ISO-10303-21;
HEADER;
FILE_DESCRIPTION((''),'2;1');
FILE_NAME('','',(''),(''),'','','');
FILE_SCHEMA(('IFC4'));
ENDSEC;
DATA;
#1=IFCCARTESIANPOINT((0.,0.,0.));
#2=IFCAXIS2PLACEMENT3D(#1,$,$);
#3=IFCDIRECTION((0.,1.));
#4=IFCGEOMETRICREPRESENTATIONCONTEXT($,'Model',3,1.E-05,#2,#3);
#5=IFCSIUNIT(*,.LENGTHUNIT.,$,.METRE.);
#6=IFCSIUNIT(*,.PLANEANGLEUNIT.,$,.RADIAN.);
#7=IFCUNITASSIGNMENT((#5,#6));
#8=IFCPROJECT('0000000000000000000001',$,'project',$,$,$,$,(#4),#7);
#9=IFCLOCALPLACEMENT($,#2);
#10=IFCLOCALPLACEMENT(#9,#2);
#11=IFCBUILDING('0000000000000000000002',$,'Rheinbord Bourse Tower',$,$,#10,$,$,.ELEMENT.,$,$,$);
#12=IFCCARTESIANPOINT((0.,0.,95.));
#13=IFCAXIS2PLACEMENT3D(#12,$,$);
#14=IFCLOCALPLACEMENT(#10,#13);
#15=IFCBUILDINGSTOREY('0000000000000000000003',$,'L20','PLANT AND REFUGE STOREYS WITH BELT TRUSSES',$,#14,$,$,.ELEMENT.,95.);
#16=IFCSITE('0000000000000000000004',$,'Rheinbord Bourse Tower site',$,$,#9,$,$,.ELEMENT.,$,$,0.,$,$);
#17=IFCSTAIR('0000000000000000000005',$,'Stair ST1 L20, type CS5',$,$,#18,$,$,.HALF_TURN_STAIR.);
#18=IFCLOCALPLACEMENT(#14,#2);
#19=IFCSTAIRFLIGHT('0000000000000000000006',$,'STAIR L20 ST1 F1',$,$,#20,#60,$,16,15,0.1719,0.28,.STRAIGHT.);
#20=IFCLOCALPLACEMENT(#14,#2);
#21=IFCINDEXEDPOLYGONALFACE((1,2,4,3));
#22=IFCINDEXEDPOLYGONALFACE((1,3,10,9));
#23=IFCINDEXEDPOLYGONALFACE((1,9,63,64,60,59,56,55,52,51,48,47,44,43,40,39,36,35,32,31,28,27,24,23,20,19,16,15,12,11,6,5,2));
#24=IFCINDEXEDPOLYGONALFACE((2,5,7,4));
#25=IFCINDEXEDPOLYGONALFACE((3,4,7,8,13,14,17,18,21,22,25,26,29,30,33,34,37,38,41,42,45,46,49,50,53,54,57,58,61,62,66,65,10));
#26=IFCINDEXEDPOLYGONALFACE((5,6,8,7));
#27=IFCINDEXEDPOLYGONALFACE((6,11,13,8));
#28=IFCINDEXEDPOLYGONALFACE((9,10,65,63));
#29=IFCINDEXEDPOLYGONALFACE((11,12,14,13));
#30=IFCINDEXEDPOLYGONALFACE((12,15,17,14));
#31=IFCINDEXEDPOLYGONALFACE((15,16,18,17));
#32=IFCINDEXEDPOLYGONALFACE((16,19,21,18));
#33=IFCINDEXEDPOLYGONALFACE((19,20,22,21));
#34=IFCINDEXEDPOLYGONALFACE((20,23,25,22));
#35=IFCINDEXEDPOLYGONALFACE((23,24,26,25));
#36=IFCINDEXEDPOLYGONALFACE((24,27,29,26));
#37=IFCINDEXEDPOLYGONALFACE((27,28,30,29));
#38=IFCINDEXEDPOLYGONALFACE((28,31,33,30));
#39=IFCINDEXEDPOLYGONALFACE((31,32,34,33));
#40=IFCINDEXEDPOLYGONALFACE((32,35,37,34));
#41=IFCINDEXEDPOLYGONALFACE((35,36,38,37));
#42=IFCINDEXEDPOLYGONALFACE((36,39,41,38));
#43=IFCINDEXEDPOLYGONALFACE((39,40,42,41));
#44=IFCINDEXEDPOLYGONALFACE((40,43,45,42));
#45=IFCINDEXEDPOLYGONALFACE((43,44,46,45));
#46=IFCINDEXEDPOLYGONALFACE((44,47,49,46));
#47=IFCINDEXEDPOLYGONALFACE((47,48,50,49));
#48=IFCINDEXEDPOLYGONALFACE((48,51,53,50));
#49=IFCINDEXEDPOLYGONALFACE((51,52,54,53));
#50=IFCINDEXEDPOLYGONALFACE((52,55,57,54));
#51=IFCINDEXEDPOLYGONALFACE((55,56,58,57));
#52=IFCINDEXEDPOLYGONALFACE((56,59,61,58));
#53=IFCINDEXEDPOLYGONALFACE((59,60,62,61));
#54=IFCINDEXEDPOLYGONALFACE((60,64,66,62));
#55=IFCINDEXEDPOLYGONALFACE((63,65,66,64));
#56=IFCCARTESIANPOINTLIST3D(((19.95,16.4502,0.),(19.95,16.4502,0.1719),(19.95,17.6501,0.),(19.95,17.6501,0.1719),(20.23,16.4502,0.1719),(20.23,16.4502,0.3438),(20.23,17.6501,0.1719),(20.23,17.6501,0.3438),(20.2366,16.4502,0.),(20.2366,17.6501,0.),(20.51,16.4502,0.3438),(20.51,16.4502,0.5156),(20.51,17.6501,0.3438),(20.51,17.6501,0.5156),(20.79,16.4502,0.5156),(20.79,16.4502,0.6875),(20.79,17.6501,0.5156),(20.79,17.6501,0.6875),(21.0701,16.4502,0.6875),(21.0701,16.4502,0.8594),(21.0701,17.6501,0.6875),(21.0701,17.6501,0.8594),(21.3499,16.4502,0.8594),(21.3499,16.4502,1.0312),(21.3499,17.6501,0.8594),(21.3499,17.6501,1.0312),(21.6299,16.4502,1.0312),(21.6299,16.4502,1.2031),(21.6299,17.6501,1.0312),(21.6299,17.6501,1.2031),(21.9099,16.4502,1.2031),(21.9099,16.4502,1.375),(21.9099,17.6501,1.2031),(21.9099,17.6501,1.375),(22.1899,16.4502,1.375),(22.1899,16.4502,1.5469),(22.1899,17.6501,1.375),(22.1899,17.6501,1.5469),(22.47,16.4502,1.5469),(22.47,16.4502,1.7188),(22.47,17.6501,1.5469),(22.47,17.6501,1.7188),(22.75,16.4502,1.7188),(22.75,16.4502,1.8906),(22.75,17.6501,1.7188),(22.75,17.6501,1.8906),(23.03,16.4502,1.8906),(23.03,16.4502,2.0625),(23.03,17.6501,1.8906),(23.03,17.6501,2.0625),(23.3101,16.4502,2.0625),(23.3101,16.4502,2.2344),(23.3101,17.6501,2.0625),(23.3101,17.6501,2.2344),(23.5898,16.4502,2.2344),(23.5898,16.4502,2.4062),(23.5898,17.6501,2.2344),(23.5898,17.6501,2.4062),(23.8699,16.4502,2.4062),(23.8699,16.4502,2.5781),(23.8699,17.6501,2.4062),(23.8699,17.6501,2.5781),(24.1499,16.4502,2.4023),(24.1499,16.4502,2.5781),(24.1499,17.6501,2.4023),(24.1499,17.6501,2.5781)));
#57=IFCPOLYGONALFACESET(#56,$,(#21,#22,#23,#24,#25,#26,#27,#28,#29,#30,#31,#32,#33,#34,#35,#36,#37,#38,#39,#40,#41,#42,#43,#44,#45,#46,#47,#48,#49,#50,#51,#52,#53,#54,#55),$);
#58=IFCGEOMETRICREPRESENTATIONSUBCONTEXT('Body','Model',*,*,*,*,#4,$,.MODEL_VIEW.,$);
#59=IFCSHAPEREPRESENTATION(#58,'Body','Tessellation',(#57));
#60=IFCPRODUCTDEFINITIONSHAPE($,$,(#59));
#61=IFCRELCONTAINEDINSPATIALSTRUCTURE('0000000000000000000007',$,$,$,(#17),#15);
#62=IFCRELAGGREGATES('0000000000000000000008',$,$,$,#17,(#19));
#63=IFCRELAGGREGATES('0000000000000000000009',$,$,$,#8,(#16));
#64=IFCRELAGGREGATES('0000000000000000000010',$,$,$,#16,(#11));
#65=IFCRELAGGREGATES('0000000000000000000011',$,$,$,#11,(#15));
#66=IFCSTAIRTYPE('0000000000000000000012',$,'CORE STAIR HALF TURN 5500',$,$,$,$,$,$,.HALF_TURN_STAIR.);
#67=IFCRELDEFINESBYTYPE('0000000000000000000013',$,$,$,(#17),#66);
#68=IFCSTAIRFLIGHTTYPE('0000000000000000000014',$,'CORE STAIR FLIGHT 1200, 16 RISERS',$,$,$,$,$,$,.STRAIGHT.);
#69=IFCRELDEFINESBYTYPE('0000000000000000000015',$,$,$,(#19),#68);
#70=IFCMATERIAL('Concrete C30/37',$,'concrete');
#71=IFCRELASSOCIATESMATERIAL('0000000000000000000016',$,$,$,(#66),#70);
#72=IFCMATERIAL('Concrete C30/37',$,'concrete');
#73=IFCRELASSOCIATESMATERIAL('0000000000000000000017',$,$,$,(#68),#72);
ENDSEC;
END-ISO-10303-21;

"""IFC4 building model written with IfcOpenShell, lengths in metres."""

from ifc_helpers import new_model, si_unit, direction, frame, origin, place, context, subcontext, project, spatial, polyline, outline, extrude, material, type_object, element, aggregate, save


model = new_model("IFC4")

# Units and contexts
model_context = context("Model", 3, precision=1e-05, world=origin(), true_north=direction((0.0, 1.0)))
body_context = subcontext(model_context, "Body", "Model", "MODEL_VIEW")
ifc_project = project(units=[si_unit("LENGTHUNIT", "METRE"), si_unit("PLANEANGLEUNIT", "RADIAN")], contexts=[model_context])

# Site, building, storey
site_placement = place(None, origin())
site = spatial("IfcSite", under=ifc_project, at=site_placement, Name="Rheinbord Bourse Tower site", CompositionType="ELEMENT", RefElevation=0.0)
building_placement = place(site_placement, origin())
building = spatial("IfcBuilding", under=site, at=building_placement, Name="Rheinbord Bourse Tower", CompositionType="ELEMENT")
storey_placement = place(building_placement, frame((0.0, 0.0, 95.0)))
storey = spatial("IfcBuildingStorey", under=building, at=storey_placement, Name="L20", Description="PLANT AND REFUGE STOREYS WITH BELT TRUSSES", CompositionType="ELEMENT", Elevation=95.0)

# Stair, stair flight
ifc_material_1 = material(Name="Concrete C30/37", Category="concrete")
stair_type = type_object("IfcStairType", Name="CORE STAIR HALF TURN 5500", PredefinedType="HALF_TURN_STAIR", material=ifc_material_1)
stair_placement = place(storey_placement, origin())
stair = element("IfcStair", 1, at=stair_placement, inside=storey, type_object=stair_type, Name="Stair ST1 L20, type CS5", PredefinedType="HALF_TURN_STAIR")
ifc_material_2 = material(Name="Concrete C30/37", Category="concrete")
stair_flight_type = type_object("IfcStairFlightType", Name="CORE STAIR FLIGHT 1200, 16 RISERS", PredefinedType="STRAIGHT", material=ifc_material_2)
stair_flight_placement = place(storey_placement, frame((19.95, 17.05, 0.0), z_axis=(0.0, 0.0, 1.0), x_axis=(1.0, 0.0, 0.0)))
stair_flight = element("IfcStairFlight", 2, at=stair_flight_placement, type_object=stair_flight_type, Name="STAIR L20 ST1 F1", NumberOfRisers=16, NumberOfTreads=15, PredefinedType="STRAIGHT", RiserHeight=0.1719, TreadLength=0.28, context=body_context, shape_type="SweptSolid", body=[
    extrude(outline(polyline([(0.0, 0.0), (0.0, 0.1719), (0.28, 0.1719), (0.28, 0.3438), (0.5601, 0.3438), (0.5601, 0.5156), (0.8401, 0.5156), (0.8401, 0.6875), (1.1201, 0.6875), (1.1201, 0.8594), (1.3999, 0.8594), (1.3999, 1.0312), (1.6799, 1.0312), (1.6799, 1.2031), (1.96, 1.2031), (1.96, 1.375), (2.24, 1.375), (2.24, 1.5469), (2.52, 1.5469), (2.52, 1.7188), (2.8, 1.7188), (2.8, 1.8906), (3.0801, 1.8906), (3.0801, 2.0625), (3.3601, 2.0625), (3.3601, 2.2344), (3.6399, 2.2344), (3.6399, 2.4062), (3.9199, 2.4062), (3.9199, 2.5781), (4.2, 2.5781), (4.2, 2.75), (4.2, 2.4023), (0.2866, 0.0), (0.0, 0.0)])), frame((0.0, 0.6001, 0.0), z_axis=(0.0, -1.0, 0.0), x_axis=(1.0, 0.0, 0.0)), (0.0, 0.0, 1.0), 1.2),
])
aggregate(stair, [stair_flight])

save(model, "model.ifc")
